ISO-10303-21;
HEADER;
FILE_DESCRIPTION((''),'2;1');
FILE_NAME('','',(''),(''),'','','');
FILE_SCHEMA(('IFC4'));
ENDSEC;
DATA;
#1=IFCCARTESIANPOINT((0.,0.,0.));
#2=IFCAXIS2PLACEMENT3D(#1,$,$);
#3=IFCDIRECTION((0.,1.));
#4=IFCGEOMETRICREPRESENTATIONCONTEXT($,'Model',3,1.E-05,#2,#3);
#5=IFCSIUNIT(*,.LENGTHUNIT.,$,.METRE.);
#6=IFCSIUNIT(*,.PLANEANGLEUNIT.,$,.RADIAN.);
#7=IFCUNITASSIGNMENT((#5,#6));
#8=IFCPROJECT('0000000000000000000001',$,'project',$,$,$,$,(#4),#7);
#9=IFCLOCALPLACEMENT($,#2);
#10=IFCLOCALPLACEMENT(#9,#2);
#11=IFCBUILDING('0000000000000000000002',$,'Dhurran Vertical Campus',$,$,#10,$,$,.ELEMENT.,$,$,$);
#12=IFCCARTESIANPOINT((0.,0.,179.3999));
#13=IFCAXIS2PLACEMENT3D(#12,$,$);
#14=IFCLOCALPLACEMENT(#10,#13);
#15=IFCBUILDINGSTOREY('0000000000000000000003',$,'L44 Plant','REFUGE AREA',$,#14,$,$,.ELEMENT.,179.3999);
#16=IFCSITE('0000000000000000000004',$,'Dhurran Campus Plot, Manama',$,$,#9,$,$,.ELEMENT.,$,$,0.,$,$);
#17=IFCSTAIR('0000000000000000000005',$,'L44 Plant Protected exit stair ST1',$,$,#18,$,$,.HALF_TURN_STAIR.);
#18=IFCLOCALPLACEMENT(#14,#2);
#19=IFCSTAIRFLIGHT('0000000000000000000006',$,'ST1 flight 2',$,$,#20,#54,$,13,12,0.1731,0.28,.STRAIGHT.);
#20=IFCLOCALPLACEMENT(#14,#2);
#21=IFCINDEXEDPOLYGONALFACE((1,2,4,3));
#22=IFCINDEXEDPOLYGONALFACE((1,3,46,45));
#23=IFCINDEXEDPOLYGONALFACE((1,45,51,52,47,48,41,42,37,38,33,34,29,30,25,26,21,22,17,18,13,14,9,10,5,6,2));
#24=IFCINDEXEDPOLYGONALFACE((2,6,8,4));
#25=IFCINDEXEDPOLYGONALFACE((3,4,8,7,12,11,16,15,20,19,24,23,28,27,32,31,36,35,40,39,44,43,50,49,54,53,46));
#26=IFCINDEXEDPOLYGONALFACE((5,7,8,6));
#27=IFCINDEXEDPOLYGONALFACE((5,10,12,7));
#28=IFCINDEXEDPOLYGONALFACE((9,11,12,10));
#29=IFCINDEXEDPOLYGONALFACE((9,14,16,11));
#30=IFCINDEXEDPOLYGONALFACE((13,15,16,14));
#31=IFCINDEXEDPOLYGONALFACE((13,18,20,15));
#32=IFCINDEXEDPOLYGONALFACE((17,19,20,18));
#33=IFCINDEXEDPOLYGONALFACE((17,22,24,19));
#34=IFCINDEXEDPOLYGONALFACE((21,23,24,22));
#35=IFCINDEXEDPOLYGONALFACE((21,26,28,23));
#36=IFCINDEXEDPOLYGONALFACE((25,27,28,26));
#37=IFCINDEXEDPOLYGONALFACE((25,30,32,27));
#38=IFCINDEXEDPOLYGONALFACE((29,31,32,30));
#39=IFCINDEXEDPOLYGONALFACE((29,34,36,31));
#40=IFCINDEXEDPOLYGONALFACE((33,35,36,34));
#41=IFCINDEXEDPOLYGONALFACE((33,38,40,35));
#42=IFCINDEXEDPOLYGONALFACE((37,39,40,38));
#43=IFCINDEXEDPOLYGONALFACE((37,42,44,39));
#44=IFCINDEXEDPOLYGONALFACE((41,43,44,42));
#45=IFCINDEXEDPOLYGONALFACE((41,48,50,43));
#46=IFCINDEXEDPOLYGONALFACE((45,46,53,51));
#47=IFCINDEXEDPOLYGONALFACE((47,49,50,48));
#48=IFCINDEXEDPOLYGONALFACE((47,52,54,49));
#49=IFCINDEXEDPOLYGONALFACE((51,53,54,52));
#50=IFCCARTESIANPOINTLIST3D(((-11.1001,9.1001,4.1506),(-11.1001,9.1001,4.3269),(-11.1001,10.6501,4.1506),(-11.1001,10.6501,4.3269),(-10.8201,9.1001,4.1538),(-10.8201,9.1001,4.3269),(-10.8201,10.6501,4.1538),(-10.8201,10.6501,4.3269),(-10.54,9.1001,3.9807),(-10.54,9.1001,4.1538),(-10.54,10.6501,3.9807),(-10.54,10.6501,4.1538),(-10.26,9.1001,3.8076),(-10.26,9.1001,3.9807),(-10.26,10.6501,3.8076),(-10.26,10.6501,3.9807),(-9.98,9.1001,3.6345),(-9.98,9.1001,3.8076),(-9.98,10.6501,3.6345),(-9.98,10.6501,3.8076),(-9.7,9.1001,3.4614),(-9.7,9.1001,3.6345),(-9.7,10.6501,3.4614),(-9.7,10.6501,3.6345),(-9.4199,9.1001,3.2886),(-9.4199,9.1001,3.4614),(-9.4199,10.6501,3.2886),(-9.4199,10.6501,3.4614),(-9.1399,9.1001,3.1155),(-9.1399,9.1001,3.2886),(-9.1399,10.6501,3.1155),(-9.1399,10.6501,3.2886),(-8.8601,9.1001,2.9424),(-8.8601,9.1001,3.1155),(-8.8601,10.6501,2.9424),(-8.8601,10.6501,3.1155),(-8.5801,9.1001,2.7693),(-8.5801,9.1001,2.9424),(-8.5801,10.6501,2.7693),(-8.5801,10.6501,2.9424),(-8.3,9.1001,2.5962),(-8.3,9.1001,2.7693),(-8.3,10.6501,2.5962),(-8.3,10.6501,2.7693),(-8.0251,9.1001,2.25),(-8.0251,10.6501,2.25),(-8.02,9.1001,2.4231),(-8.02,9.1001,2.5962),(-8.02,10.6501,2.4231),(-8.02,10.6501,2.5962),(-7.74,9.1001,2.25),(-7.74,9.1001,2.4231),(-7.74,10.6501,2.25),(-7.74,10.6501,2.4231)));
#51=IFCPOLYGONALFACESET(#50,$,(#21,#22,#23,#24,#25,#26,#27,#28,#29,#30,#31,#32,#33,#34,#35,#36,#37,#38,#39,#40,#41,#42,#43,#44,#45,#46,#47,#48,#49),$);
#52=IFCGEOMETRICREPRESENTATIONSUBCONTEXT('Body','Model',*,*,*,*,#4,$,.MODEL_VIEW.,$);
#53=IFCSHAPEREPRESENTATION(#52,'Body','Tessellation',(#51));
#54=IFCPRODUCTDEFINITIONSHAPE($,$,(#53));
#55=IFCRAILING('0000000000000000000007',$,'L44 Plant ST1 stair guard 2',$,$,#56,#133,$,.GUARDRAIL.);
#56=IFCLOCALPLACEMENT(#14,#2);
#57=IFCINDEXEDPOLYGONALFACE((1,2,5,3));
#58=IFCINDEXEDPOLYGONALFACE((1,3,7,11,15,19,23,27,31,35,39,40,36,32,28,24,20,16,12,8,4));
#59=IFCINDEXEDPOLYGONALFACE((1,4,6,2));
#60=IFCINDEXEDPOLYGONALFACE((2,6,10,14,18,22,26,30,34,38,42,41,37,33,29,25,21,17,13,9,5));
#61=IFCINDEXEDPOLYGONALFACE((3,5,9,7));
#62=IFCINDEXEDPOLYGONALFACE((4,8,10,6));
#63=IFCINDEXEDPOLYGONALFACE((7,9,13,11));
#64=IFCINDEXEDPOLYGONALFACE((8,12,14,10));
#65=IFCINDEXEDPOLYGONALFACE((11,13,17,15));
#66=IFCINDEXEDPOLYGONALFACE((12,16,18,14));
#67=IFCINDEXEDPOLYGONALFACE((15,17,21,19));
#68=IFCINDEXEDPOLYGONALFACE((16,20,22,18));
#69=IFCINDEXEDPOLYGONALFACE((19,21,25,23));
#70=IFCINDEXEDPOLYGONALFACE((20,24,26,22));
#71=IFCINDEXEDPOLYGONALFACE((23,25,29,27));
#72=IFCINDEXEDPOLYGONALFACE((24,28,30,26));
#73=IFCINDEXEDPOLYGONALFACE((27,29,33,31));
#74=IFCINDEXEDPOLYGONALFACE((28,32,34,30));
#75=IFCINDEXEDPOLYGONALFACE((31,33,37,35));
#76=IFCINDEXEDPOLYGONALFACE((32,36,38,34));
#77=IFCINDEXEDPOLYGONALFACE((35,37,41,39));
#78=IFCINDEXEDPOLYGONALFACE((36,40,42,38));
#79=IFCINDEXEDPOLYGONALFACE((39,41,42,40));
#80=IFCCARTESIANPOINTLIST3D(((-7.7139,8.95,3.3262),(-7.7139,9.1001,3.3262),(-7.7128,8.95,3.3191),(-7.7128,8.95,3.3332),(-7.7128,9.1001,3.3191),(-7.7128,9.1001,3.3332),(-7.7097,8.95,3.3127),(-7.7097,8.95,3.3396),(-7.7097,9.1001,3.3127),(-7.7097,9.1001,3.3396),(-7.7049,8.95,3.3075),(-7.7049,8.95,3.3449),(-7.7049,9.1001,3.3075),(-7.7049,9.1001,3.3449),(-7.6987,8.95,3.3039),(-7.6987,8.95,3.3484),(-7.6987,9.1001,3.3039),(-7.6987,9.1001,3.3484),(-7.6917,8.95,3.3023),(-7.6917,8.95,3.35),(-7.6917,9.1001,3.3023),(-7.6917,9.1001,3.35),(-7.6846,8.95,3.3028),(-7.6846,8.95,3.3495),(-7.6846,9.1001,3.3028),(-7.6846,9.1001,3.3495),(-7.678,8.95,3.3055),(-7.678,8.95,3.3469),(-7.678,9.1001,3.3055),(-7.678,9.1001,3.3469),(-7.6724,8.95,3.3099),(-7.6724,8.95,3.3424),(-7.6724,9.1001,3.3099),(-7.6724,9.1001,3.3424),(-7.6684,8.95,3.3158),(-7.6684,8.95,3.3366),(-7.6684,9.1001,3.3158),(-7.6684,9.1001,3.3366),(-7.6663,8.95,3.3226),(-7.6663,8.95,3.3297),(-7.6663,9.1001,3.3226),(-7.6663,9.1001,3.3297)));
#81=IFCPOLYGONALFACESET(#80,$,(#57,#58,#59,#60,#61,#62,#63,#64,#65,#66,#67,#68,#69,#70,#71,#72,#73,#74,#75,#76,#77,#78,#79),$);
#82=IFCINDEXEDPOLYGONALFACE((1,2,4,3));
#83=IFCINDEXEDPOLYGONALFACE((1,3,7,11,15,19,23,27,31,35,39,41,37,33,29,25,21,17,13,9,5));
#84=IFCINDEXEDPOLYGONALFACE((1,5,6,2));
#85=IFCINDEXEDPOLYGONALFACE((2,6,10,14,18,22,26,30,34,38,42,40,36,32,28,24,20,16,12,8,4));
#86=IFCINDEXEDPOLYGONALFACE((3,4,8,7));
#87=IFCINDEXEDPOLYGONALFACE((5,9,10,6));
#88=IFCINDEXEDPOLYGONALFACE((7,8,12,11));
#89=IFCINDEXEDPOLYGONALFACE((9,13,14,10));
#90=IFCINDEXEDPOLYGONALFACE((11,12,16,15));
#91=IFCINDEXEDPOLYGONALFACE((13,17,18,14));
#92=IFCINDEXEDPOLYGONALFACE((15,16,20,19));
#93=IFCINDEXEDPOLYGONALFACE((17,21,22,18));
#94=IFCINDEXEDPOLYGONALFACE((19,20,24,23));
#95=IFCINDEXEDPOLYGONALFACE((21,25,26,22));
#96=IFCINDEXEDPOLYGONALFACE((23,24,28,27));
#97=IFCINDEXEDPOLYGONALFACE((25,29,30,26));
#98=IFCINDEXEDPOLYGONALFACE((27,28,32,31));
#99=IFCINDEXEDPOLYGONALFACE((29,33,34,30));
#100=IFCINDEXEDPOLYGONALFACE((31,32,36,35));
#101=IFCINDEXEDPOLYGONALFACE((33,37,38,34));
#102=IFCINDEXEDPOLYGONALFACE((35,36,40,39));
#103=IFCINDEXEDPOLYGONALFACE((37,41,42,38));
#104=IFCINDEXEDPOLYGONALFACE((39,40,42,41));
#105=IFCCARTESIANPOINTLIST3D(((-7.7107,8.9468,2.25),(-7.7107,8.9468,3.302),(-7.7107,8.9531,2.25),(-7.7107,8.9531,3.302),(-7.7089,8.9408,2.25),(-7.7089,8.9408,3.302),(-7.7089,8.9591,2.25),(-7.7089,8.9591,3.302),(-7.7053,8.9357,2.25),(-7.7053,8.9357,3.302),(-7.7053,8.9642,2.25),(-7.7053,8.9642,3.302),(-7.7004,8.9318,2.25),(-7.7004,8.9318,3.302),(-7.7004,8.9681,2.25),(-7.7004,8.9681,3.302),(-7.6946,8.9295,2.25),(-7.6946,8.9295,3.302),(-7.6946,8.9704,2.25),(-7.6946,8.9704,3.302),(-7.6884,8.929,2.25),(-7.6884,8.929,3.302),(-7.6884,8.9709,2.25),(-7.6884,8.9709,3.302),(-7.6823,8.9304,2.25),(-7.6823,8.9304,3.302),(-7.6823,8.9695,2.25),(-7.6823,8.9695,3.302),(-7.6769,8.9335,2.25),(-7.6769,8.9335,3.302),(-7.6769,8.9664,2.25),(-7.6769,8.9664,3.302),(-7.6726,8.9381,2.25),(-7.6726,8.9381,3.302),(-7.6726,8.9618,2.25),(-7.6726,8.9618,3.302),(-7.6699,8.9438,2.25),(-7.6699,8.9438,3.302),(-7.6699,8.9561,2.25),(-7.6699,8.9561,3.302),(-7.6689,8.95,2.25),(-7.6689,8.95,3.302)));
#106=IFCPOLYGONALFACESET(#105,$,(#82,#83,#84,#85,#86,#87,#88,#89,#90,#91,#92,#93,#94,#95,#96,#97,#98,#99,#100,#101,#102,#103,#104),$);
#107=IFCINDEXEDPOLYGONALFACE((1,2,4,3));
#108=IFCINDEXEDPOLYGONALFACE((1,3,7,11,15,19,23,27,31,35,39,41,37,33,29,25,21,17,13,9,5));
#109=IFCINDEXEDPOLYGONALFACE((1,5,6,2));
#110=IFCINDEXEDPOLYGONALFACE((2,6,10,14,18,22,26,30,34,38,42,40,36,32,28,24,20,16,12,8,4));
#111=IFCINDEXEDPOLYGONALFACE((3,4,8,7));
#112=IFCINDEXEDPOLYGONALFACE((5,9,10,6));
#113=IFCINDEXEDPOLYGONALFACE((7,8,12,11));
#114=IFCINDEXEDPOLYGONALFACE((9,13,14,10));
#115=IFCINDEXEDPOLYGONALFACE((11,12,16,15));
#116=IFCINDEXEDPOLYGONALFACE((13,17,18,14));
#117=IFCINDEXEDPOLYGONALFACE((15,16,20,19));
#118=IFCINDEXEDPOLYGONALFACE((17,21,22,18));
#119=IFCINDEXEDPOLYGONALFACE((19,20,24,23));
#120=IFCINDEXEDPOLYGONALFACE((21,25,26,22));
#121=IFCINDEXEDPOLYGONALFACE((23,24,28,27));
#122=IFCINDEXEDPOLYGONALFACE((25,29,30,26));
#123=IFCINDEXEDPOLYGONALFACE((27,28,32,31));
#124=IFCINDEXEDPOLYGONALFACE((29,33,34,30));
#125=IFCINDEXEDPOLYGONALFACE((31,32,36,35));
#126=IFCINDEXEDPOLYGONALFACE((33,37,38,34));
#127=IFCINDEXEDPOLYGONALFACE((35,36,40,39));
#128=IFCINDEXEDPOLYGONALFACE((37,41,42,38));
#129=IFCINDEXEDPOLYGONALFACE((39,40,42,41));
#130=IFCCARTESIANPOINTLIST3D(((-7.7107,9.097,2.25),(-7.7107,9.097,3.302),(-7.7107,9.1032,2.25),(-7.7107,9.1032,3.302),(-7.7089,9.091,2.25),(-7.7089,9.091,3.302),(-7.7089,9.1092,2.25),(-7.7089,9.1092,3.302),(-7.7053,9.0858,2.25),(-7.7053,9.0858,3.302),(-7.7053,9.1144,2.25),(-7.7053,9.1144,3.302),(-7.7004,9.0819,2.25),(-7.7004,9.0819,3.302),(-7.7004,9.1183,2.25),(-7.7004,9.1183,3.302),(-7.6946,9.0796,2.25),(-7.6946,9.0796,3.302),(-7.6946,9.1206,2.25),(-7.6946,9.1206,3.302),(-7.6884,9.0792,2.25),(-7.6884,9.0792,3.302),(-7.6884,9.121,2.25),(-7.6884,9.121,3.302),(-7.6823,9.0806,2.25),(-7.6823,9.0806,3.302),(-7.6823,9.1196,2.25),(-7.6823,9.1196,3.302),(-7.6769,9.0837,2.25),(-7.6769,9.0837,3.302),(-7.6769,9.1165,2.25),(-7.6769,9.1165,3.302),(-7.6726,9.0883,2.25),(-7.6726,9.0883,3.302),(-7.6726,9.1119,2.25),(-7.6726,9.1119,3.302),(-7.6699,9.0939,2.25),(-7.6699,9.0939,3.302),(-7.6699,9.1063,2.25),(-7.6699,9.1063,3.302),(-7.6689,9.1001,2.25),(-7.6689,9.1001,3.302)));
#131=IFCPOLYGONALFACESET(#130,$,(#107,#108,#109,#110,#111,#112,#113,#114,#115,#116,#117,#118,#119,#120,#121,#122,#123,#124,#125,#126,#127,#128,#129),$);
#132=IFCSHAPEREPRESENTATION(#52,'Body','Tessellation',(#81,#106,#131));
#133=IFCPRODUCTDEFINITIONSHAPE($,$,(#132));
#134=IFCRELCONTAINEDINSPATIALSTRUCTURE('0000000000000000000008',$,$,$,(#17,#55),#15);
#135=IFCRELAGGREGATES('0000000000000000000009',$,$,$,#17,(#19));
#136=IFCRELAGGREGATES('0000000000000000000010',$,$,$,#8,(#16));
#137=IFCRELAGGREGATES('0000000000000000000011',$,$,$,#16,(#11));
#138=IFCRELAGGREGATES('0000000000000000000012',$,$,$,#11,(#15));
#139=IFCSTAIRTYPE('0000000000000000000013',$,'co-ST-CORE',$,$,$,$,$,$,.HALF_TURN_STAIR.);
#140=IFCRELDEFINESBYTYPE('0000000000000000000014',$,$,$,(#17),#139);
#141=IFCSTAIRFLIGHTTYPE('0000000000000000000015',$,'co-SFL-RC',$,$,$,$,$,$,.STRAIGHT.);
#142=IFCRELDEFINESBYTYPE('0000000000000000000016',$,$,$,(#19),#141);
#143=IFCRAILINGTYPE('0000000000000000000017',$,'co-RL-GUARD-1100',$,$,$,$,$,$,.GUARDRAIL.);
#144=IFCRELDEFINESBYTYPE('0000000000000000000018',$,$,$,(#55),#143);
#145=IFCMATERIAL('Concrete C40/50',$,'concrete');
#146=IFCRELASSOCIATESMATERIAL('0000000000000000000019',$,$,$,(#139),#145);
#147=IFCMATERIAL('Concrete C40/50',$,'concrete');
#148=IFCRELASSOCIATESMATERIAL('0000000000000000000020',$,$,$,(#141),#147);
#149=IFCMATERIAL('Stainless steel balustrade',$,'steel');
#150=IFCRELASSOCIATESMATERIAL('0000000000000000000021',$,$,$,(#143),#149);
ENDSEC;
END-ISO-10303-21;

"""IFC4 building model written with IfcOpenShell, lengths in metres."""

from ifc_helpers import new_model, si_unit, direction, frame, origin, origin_2d, place, context, subcontext, project, spatial, polyline, circle, outline, extrude, material, type_object, element, aggregate, save


model = new_model("IFC4")

# Units and contexts
model_context = context("Model", 3, precision=1e-05, world=origin(), true_north=direction((0.0, 1.0)))
body_context = subcontext(model_context, "Body", "Model", "MODEL_VIEW")
ifc_project = project(units=[si_unit("LENGTHUNIT", "METRE"), si_unit("PLANEANGLEUNIT", "RADIAN")], contexts=[model_context])

# Site, building, storey
site_placement = place(None, origin())
site = spatial("IfcSite", under=ifc_project, at=site_placement, Name="Dhurran Campus Plot, Manama", CompositionType="ELEMENT", RefElevation=0.0)
building_placement = place(site_placement, origin())
building = spatial("IfcBuilding", under=site, at=building_placement, Name="Dhurran Vertical Campus", CompositionType="ELEMENT")
storey_placement = place(building_placement, frame((0.0, 0.0, 179.3999)))
storey = spatial("IfcBuildingStorey", under=building, at=storey_placement, Name="L44 Plant", Description="REFUGE AREA", CompositionType="ELEMENT", Elevation=179.3999)

# Stair, stair flight
ifc_material_1 = material(Name="Concrete C40/50", Category="concrete")
stair_type = type_object("IfcStairType", Name="co-ST-CORE", PredefinedType="HALF_TURN_STAIR", material=ifc_material_1)
stair_placement = place(storey_placement, origin())
stair = element("IfcStair", 1, at=stair_placement, inside=storey, type_object=stair_type, Name="L44 Plant Protected exit stair ST1", PredefinedType="HALF_TURN_STAIR")
ifc_material_2 = material(Name="Concrete C40/50", Category="concrete")
stair_flight_type = type_object("IfcStairFlightType", Name="co-SFL-RC", PredefinedType="STRAIGHT", material=ifc_material_2)
stair_flight_placement = place(storey_placement, frame((-7.74, 9.875, 2.25), z_axis=(0.0, 0.0, 1.0), x_axis=(-1.0, 0.0, 0.0)))
stair_flight = element("IfcStairFlight", 2, at=stair_flight_placement, type_object=stair_flight_type, Name="ST1 flight 2", NumberOfRisers=13, NumberOfTreads=12, PredefinedType="STRAIGHT", RiserHeight=0.1731, TreadLength=0.28, context=body_context, shape_type="SweptSolid", body=[
    extrude(outline(polyline([(0.0, 0.0), (0.0, 0.1731), (0.28, 0.1731), (0.28, 0.3462), (0.5601, 0.3462), (0.5601, 0.5193), (0.8401, 0.5193), (0.8401, 0.6924), (1.1201, 0.6924), (1.1201, 0.8655), (1.3999, 0.8655), (1.3999, 1.0386), (1.6799, 1.0386), (1.6799, 1.2114), (1.96, 1.2114), (1.96, 1.3845), (2.24, 1.3845), (2.24, 1.5576), (2.52, 1.5576), (2.52, 1.7307), (2.8, 1.7307), (2.8, 1.9038), (3.0801, 1.9038), (3.0801, 2.0769), (3.3601, 2.0769), (3.3601, 2.25), (3.3601, 1.9006), (0.2852, 0.0), (0.0, 0.0)])), frame((0.0, 0.7749, 0.0), z_axis=(0.0, -1.0, 0.0), x_axis=(1.0, 0.0, 0.0)), (0.0, 0.0, 1.0), 1.55),
])
aggregate(stair, [stair_flight])

# Railing
ifc_material_3 = material(Name="Stainless steel balustrade", Category="steel")
railing_type_1 = type_object("IfcRailingType", Name="co-RL-GUARD-1100", PredefinedType="GUARDRAIL", material=ifc_material_3)
railing_1_placement = place(storey_placement, frame((-7.6899, 8.95, 2.25)))
element("IfcRailing", 3, at=railing_1_placement, inside=storey, type_object=railing_type_1, Name="L44 Plant ST1 stair guard 2", PredefinedType="GUARDRAIL", context=body_context, shape_type="SweptSolid", body=[
    extrude(circle(Radius=0.0239, at=origin_2d()), frame((0.0, 0.0, 1.0762), z_axis=(0.0, 1.0, 0.0), x_axis=(-1.0, 0.0, 0.0)), (0.0, 0.0, 1.0), 0.1501),
    extrude(circle(Radius=0.021, at=origin_2d()), origin(), (0.0, 0.0, 1.0), 1.052),
    extrude(circle(Radius=0.021, at=origin_2d()), frame((0.0, 0.1501, 0.0)), (0.0, 0.0, 1.0), 1.052),
])

save(model, "model.ifc")
